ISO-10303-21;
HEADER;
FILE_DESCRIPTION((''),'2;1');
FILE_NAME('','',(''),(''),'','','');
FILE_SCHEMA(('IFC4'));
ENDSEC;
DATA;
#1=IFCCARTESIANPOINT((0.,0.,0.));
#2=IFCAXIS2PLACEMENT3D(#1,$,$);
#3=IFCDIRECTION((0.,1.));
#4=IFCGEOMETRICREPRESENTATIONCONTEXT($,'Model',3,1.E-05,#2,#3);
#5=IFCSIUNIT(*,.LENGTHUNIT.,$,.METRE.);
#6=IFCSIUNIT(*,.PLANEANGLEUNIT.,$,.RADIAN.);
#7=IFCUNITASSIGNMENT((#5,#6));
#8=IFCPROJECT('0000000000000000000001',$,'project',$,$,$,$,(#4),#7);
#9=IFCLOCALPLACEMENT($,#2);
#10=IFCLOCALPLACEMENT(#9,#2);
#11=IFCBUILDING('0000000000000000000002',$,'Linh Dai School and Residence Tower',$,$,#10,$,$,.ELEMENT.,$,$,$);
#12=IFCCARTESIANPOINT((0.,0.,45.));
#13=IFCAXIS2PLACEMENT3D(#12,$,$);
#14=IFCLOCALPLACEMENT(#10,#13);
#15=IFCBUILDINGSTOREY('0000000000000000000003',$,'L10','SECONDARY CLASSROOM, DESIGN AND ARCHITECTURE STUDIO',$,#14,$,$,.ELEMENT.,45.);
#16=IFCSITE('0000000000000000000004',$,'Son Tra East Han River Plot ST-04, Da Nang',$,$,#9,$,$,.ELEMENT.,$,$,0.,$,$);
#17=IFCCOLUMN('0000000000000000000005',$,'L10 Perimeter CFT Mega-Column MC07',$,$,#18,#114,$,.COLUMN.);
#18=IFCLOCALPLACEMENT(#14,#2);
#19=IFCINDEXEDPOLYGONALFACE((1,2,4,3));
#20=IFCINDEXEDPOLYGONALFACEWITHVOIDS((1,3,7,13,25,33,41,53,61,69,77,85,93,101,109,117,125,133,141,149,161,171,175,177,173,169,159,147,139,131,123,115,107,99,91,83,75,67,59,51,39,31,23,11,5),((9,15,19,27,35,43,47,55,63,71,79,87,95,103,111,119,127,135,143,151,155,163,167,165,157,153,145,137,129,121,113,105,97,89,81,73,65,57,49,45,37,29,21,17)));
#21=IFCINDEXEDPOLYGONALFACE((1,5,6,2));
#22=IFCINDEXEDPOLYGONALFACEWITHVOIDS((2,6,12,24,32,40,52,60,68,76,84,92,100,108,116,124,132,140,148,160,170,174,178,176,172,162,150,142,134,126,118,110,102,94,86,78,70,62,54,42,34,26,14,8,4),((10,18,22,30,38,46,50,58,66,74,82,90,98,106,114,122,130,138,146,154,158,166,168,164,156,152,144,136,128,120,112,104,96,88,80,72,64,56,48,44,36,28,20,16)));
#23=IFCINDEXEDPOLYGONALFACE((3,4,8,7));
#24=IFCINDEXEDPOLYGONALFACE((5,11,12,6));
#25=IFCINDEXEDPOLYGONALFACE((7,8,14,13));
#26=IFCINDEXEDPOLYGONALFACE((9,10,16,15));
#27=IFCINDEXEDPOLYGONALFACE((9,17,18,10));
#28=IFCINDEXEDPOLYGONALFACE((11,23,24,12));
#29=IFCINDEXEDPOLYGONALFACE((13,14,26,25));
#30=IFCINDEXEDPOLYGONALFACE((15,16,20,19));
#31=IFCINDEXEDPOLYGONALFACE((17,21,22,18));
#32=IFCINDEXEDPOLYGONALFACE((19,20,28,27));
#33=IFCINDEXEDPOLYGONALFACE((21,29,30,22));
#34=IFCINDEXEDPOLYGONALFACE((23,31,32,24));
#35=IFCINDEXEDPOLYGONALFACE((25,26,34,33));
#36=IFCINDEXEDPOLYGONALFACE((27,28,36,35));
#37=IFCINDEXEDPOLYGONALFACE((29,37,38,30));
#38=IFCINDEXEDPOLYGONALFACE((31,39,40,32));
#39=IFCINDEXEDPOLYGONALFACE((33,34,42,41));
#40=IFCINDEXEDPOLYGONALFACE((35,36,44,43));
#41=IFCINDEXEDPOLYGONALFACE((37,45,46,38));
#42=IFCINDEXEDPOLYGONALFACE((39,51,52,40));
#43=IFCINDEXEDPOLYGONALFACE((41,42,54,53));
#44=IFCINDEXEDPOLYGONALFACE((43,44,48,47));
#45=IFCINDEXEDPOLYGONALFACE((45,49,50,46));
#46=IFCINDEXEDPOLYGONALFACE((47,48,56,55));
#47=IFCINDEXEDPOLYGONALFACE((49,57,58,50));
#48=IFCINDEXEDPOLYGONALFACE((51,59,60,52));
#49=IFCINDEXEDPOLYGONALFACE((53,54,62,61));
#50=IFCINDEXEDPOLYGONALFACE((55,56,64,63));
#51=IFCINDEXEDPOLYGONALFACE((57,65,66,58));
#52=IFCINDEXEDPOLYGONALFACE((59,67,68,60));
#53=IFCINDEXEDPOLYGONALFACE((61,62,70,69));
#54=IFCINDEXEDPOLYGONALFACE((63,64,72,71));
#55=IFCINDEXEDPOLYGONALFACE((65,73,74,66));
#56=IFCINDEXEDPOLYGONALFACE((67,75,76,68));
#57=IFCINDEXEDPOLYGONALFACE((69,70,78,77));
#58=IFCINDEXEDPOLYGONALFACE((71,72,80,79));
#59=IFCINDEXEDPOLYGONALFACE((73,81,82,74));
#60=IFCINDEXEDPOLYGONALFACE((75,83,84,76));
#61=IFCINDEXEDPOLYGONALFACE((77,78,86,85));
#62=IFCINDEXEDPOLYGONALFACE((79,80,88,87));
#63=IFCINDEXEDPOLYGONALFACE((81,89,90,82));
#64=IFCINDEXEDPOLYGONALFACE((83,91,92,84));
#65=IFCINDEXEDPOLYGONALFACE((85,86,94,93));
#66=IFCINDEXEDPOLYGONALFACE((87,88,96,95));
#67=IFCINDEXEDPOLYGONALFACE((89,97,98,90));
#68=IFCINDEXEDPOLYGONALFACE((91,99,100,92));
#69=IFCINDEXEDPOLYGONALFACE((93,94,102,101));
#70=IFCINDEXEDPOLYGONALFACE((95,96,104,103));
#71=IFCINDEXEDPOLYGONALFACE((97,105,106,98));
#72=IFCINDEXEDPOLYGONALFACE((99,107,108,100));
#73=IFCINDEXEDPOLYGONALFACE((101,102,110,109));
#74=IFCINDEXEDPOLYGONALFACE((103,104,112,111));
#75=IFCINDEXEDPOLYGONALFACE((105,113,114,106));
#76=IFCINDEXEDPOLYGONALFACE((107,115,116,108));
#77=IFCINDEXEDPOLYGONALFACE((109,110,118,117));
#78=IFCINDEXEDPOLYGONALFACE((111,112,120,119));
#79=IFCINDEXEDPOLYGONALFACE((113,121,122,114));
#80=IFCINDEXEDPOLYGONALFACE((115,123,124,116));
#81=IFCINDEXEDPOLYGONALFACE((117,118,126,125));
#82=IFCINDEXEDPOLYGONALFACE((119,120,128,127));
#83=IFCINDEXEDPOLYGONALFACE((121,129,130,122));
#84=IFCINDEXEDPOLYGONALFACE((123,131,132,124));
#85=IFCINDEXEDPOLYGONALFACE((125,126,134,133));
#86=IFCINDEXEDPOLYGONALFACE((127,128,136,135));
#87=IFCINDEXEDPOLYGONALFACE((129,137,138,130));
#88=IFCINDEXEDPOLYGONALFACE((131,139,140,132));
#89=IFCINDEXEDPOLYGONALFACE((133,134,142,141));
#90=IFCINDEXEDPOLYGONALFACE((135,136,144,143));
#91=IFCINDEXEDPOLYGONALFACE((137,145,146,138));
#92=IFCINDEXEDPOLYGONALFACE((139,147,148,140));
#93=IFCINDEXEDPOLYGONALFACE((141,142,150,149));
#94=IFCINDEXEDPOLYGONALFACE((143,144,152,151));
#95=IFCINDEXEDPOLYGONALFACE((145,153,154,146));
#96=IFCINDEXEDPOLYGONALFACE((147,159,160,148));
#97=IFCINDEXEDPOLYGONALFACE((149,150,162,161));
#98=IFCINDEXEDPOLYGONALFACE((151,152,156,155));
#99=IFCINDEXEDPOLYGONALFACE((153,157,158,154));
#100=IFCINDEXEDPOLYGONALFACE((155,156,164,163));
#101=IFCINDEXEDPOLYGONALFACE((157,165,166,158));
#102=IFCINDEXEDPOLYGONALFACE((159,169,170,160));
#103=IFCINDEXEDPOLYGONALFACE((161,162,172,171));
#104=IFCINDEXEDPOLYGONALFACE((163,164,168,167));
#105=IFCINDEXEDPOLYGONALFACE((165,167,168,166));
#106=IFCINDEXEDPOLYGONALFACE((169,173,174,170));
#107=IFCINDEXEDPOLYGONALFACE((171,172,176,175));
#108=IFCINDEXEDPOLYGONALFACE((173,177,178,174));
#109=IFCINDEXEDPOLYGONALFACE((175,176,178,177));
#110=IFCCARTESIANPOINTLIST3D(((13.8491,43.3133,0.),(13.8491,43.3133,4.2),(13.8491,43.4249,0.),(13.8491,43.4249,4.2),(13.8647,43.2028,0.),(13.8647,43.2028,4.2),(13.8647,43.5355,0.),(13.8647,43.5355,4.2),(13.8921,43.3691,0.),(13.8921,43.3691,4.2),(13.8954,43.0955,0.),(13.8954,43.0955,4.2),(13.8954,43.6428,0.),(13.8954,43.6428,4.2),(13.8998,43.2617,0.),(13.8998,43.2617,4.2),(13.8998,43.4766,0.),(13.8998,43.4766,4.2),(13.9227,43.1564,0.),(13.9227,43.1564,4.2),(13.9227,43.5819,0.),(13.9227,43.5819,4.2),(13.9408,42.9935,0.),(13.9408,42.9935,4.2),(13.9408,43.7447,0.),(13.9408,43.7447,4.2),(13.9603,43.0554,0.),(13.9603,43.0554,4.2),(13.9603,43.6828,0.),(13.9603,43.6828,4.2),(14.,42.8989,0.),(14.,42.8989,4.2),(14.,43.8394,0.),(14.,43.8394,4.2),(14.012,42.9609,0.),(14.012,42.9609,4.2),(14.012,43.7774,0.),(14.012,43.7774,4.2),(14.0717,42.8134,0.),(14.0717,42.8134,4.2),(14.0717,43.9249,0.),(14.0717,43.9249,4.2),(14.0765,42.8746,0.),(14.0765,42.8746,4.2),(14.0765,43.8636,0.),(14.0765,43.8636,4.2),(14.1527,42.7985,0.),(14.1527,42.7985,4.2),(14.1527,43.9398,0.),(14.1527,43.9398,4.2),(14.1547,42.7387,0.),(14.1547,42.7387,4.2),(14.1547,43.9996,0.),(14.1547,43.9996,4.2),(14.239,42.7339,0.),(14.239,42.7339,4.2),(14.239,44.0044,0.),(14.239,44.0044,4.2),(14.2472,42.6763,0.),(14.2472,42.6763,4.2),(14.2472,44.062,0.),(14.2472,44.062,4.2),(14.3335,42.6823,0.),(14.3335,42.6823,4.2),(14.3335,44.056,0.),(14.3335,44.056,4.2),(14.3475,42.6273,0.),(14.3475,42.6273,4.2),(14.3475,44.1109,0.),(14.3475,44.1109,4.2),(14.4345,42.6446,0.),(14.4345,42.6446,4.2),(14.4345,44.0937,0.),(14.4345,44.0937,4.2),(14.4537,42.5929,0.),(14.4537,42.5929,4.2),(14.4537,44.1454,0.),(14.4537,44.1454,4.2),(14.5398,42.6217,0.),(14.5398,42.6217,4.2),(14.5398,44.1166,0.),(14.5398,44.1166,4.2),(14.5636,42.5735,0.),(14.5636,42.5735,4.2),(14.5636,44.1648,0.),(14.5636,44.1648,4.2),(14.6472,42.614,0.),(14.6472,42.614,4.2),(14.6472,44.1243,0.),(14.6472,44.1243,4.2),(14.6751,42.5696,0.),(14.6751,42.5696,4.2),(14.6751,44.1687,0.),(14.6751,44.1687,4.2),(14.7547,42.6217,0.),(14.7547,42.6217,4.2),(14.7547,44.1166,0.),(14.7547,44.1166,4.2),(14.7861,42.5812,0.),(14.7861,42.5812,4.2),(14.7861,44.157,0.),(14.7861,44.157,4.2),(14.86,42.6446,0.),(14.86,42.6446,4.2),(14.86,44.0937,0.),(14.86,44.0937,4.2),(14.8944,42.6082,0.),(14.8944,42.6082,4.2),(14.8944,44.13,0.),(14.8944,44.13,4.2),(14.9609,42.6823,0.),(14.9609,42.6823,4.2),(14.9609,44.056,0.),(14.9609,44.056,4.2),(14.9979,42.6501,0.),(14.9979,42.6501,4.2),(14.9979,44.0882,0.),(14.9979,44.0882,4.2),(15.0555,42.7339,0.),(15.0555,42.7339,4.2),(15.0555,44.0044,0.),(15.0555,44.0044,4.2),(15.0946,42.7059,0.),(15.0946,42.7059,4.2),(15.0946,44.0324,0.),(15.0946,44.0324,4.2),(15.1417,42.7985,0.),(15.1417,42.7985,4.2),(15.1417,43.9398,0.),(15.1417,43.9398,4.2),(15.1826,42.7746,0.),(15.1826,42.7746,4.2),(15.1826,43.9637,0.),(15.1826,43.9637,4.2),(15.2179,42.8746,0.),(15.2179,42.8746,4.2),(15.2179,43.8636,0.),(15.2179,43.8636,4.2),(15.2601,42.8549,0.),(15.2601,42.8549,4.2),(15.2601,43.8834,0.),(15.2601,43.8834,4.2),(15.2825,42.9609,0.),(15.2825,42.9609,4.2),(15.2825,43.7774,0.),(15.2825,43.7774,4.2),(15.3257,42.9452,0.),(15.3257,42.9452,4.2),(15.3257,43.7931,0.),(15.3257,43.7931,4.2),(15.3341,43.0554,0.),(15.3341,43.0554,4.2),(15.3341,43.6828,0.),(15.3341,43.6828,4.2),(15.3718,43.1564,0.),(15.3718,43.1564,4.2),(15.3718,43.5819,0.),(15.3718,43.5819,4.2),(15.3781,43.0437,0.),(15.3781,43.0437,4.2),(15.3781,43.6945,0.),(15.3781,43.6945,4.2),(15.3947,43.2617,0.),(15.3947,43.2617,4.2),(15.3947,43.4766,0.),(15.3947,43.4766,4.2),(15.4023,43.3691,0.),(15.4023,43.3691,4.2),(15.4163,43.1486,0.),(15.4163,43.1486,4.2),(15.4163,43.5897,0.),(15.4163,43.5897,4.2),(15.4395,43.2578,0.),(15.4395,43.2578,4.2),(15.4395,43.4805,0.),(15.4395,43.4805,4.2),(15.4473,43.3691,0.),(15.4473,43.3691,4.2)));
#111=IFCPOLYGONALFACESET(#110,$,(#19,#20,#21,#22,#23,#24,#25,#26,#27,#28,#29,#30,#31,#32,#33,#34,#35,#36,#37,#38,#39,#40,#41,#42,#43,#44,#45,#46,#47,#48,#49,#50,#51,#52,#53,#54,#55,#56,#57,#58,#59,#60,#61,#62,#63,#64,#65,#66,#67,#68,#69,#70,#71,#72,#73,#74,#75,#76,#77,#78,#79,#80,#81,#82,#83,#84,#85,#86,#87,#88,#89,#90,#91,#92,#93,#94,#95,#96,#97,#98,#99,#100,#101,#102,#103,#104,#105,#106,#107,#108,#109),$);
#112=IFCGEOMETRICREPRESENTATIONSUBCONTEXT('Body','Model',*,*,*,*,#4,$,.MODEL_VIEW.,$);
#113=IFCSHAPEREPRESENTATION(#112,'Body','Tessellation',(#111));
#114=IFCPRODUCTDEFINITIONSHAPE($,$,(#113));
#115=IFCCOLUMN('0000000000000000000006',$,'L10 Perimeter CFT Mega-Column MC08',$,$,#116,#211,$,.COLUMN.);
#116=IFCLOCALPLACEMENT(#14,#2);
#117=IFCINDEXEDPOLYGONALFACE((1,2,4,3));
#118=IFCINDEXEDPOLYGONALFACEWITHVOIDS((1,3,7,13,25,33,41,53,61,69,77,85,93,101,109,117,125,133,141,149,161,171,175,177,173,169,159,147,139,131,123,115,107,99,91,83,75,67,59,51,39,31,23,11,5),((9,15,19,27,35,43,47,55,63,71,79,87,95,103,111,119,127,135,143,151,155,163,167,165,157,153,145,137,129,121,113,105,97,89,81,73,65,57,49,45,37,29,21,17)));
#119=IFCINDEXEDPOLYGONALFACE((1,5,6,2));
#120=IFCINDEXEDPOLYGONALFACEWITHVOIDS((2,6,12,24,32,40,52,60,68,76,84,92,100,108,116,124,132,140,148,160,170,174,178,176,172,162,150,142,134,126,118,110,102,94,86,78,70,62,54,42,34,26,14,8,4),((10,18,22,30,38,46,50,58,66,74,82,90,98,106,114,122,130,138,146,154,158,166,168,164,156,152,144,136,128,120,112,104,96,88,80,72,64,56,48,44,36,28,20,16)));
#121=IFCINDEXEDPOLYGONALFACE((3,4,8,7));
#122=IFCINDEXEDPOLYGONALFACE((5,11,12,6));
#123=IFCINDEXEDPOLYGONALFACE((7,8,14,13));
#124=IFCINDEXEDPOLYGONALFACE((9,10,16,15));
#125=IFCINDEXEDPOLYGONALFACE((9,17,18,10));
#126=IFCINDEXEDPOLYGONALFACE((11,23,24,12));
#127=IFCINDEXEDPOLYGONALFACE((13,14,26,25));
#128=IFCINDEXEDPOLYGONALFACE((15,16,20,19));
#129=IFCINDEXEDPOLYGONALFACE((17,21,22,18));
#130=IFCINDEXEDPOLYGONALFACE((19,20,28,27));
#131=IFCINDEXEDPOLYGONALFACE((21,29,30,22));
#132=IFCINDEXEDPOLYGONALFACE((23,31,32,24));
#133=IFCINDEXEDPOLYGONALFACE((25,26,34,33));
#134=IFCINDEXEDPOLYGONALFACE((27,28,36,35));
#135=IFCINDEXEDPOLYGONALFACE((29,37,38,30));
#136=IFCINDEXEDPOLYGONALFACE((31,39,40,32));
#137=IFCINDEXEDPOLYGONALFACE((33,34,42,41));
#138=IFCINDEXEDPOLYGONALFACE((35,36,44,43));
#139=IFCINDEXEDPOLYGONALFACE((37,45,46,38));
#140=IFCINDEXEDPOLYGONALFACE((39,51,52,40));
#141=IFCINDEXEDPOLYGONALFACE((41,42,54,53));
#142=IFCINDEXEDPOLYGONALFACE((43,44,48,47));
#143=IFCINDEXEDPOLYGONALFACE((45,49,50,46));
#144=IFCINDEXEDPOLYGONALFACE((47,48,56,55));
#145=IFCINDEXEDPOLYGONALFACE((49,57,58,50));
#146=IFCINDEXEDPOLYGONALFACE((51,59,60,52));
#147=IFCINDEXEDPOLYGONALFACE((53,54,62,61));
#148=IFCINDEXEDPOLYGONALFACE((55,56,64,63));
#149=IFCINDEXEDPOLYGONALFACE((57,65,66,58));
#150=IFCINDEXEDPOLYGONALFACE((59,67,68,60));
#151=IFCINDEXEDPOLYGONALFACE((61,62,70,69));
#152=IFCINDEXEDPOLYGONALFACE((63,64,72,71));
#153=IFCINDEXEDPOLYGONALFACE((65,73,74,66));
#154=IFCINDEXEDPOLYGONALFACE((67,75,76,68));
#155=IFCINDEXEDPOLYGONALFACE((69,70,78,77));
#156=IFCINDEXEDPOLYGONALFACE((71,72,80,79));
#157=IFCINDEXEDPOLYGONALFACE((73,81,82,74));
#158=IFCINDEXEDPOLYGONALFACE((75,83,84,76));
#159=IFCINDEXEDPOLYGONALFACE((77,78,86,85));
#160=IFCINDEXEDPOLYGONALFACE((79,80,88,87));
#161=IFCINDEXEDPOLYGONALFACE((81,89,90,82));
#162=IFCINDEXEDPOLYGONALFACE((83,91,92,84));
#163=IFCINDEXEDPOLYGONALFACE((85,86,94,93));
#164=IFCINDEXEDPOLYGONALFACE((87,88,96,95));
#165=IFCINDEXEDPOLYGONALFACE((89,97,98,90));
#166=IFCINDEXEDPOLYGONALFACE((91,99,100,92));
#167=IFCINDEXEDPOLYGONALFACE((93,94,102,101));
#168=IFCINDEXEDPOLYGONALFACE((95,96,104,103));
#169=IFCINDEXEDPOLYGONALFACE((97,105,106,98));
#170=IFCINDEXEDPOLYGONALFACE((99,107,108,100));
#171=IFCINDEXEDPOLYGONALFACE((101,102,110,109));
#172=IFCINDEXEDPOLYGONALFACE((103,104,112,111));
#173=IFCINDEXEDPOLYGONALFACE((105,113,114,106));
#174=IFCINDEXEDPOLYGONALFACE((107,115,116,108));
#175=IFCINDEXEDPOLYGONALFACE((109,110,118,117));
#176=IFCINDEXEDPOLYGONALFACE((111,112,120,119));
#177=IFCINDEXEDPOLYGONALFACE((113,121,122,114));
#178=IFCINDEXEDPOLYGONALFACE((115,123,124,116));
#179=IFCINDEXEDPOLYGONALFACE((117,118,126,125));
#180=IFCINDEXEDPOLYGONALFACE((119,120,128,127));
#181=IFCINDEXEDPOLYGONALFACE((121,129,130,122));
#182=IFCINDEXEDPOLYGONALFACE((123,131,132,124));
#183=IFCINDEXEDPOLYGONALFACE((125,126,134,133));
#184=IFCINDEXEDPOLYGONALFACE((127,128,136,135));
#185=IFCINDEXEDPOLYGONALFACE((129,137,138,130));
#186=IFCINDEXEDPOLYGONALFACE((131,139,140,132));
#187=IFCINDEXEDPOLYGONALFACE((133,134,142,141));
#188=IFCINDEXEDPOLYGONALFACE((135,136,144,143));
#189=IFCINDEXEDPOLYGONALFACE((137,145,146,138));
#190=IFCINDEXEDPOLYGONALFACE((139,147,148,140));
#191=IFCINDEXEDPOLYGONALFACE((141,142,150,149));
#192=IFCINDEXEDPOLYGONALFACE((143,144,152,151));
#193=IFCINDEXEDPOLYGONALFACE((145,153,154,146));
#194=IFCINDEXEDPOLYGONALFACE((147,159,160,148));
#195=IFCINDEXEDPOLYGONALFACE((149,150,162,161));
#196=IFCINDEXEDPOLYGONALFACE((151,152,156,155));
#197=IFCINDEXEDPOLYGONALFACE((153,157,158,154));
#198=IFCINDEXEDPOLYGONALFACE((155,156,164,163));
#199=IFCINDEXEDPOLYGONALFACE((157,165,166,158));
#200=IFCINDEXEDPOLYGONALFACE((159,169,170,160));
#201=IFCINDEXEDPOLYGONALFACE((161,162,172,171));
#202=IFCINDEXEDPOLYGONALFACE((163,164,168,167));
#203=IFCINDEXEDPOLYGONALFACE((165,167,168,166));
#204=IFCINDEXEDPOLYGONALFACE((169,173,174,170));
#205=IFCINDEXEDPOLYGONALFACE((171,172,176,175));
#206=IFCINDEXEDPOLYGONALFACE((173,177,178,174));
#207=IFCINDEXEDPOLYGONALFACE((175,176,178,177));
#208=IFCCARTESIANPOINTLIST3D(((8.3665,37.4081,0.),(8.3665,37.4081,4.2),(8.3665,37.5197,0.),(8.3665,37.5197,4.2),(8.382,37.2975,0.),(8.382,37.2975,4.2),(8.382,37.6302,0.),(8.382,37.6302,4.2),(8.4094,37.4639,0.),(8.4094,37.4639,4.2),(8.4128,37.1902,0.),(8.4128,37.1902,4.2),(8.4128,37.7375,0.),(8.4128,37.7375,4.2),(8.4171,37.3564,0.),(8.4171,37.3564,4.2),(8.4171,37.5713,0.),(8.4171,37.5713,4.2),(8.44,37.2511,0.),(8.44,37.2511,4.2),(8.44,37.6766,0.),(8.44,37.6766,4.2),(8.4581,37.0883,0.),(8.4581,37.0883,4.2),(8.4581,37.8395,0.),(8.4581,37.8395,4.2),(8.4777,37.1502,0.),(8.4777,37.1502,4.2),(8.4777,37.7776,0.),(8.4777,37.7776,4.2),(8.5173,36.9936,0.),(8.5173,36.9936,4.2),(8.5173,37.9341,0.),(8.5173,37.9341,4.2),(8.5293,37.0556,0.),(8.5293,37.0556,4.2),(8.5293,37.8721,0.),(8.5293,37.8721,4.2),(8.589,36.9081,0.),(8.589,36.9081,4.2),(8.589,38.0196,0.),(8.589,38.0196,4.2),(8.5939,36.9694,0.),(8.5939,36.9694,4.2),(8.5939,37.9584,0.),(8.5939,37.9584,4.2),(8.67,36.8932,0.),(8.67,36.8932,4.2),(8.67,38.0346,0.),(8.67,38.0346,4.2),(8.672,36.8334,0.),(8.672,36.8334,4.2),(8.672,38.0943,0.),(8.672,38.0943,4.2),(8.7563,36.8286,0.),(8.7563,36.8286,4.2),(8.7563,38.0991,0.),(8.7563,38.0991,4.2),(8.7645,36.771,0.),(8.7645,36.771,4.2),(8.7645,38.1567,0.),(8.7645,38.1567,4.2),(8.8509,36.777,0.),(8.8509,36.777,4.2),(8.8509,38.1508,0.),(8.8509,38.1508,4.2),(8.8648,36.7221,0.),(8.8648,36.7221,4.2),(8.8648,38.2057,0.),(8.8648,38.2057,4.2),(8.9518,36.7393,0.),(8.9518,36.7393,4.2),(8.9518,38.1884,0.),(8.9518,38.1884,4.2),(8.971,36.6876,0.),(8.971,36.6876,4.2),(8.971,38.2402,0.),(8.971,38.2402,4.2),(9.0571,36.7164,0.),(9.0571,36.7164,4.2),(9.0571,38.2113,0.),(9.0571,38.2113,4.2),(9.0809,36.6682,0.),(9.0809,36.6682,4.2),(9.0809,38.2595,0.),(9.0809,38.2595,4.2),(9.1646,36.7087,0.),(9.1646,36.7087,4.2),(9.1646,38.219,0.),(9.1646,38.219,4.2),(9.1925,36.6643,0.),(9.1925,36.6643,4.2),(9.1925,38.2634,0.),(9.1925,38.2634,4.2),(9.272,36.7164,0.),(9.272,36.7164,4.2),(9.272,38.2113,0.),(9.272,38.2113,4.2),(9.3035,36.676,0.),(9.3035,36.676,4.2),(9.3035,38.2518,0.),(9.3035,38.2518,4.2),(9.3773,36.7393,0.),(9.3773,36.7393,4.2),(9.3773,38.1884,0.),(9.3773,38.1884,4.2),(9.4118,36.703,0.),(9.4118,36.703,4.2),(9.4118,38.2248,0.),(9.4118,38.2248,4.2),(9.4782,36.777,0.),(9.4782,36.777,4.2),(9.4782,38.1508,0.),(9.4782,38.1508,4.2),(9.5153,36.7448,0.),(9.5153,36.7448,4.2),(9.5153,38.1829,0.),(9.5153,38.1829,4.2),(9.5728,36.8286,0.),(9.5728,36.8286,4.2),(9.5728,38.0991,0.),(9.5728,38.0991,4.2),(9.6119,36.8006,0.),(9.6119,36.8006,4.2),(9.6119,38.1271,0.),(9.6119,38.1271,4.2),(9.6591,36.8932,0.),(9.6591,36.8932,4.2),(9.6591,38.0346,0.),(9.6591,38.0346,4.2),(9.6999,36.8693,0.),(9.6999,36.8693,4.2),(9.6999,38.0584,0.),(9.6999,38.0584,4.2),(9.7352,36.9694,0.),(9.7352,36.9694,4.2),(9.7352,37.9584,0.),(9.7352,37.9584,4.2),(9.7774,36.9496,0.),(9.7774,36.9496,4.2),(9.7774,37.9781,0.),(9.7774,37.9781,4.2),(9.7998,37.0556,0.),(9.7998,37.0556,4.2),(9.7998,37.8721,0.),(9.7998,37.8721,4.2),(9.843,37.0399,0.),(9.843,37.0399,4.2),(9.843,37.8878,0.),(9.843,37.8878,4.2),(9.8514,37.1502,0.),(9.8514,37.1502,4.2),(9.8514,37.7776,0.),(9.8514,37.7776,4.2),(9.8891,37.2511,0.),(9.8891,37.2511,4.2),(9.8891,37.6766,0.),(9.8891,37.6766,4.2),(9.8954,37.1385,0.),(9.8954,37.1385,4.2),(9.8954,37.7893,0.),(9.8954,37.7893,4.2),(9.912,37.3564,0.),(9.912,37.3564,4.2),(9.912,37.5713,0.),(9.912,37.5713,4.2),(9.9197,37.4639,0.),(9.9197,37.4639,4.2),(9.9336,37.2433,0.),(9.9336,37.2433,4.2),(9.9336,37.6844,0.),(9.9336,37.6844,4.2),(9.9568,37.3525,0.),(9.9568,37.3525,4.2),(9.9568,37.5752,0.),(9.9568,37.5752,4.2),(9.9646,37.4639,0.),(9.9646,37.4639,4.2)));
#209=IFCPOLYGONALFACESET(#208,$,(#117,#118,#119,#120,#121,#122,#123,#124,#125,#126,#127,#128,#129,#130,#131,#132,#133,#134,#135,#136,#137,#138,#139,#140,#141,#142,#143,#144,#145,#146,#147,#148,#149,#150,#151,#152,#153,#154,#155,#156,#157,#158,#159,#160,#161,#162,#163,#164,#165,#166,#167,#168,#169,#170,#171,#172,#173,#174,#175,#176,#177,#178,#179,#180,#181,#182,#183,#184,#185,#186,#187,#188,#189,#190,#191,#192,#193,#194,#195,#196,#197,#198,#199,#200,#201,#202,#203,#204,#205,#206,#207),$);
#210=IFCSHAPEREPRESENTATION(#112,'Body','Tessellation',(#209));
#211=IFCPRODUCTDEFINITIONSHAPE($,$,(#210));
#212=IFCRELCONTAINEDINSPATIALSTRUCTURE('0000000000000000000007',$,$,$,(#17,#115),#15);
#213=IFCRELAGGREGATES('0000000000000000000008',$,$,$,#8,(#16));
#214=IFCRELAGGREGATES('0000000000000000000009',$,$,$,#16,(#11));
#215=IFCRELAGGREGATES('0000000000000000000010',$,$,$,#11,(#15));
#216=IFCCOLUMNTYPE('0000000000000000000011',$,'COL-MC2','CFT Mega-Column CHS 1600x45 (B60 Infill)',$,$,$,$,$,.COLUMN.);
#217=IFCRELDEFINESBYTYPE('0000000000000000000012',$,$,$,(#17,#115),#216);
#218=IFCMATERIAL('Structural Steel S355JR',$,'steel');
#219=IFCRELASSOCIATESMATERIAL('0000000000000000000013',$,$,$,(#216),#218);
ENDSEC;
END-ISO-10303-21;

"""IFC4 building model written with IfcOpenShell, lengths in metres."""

from ifc_helpers import new_model, si_unit, direction, frame, origin, origin_2d, place, context, subcontext, project, spatial, hollow_circle, extrude, material, material_profile, profile_set, type_object, element, save


model = new_model("IFC4")

# Units and contexts
model_context = context("Model", 3, precision=1e-05, world=origin(), true_north=direction((0.0, 1.0)))
body_context = subcontext(model_context, "Body", "Model", "MODEL_VIEW")
ifc_project = project(units=[si_unit("LENGTHUNIT", "METRE"), si_unit("PLANEANGLEUNIT", "RADIAN")], contexts=[model_context])

# Site, building, storey
site_placement = place(None, origin())
site = spatial("IfcSite", under=ifc_project, at=site_placement, Name="Son Tra East Han River Plot ST-04, Da Nang", CompositionType="ELEMENT", RefElevation=0.0)
building_placement = place(site_placement, origin())
building = spatial("IfcBuilding", under=site, at=building_placement, Name="Linh Dai School and Residence Tower", CompositionType="ELEMENT")
storey_placement = place(building_placement, frame((0.0, 0.0, 45.0)))
storey = spatial("IfcBuildingStorey", under=building, at=storey_placement, Name="L10", Description="SECONDARY CLASSROOM, DESIGN AND ARCHITECTURE STUDIO", CompositionType="ELEMENT", Elevation=45.0)

# Columns
ifc_material_1 = material(Name="Structural Steel S355JR", Category="steel")
ifc_material_profile_1 = material_profile(ifc_material_1, hollow_circle(Radius=0.8, WallThickness=0.0449, at=origin_2d()), Name="CHS 1600x45")
ifc_profile_set_1 = profile_set([ifc_material_profile_1], Name="Structural Steel S355JR")
column_type = type_object("IfcColumnType", Name="COL-MC2", Description="CFT Mega-Column CHS 1600x45 (B60 Infill)", PredefinedType="COLUMN", material=ifc_profile_set_1)
for number, where, z_axis, x_axis, name in (
    (1, (14.6472, 43.3691, 0.0), (0.0, 0.0, 1.0), (1.0, 0.0, 0.0), "L10 Perimeter CFT Mega-Column MC07"),
    (2, (9.1646, 37.4639, 0.0), (0.0, 0.0, 1.0), (1.0, 0.0, 0.0), "L10 Perimeter CFT Mega-Column MC08"),
):
    element("IfcColumn", number, at=place(storey_placement, frame(where, z_axis=z_axis, x_axis=x_axis)), inside=storey, type_object=column_type, Name=name, PredefinedType="COLUMN", context=body_context, shape_type="SweptSolid", body=[
        extrude(hollow_circle(Radius=0.8, WallThickness=0.0449, at=origin_2d()), origin(), (0.0, 0.0, 1.0), 4.2),
    ])

save(model, "model.ifc")
